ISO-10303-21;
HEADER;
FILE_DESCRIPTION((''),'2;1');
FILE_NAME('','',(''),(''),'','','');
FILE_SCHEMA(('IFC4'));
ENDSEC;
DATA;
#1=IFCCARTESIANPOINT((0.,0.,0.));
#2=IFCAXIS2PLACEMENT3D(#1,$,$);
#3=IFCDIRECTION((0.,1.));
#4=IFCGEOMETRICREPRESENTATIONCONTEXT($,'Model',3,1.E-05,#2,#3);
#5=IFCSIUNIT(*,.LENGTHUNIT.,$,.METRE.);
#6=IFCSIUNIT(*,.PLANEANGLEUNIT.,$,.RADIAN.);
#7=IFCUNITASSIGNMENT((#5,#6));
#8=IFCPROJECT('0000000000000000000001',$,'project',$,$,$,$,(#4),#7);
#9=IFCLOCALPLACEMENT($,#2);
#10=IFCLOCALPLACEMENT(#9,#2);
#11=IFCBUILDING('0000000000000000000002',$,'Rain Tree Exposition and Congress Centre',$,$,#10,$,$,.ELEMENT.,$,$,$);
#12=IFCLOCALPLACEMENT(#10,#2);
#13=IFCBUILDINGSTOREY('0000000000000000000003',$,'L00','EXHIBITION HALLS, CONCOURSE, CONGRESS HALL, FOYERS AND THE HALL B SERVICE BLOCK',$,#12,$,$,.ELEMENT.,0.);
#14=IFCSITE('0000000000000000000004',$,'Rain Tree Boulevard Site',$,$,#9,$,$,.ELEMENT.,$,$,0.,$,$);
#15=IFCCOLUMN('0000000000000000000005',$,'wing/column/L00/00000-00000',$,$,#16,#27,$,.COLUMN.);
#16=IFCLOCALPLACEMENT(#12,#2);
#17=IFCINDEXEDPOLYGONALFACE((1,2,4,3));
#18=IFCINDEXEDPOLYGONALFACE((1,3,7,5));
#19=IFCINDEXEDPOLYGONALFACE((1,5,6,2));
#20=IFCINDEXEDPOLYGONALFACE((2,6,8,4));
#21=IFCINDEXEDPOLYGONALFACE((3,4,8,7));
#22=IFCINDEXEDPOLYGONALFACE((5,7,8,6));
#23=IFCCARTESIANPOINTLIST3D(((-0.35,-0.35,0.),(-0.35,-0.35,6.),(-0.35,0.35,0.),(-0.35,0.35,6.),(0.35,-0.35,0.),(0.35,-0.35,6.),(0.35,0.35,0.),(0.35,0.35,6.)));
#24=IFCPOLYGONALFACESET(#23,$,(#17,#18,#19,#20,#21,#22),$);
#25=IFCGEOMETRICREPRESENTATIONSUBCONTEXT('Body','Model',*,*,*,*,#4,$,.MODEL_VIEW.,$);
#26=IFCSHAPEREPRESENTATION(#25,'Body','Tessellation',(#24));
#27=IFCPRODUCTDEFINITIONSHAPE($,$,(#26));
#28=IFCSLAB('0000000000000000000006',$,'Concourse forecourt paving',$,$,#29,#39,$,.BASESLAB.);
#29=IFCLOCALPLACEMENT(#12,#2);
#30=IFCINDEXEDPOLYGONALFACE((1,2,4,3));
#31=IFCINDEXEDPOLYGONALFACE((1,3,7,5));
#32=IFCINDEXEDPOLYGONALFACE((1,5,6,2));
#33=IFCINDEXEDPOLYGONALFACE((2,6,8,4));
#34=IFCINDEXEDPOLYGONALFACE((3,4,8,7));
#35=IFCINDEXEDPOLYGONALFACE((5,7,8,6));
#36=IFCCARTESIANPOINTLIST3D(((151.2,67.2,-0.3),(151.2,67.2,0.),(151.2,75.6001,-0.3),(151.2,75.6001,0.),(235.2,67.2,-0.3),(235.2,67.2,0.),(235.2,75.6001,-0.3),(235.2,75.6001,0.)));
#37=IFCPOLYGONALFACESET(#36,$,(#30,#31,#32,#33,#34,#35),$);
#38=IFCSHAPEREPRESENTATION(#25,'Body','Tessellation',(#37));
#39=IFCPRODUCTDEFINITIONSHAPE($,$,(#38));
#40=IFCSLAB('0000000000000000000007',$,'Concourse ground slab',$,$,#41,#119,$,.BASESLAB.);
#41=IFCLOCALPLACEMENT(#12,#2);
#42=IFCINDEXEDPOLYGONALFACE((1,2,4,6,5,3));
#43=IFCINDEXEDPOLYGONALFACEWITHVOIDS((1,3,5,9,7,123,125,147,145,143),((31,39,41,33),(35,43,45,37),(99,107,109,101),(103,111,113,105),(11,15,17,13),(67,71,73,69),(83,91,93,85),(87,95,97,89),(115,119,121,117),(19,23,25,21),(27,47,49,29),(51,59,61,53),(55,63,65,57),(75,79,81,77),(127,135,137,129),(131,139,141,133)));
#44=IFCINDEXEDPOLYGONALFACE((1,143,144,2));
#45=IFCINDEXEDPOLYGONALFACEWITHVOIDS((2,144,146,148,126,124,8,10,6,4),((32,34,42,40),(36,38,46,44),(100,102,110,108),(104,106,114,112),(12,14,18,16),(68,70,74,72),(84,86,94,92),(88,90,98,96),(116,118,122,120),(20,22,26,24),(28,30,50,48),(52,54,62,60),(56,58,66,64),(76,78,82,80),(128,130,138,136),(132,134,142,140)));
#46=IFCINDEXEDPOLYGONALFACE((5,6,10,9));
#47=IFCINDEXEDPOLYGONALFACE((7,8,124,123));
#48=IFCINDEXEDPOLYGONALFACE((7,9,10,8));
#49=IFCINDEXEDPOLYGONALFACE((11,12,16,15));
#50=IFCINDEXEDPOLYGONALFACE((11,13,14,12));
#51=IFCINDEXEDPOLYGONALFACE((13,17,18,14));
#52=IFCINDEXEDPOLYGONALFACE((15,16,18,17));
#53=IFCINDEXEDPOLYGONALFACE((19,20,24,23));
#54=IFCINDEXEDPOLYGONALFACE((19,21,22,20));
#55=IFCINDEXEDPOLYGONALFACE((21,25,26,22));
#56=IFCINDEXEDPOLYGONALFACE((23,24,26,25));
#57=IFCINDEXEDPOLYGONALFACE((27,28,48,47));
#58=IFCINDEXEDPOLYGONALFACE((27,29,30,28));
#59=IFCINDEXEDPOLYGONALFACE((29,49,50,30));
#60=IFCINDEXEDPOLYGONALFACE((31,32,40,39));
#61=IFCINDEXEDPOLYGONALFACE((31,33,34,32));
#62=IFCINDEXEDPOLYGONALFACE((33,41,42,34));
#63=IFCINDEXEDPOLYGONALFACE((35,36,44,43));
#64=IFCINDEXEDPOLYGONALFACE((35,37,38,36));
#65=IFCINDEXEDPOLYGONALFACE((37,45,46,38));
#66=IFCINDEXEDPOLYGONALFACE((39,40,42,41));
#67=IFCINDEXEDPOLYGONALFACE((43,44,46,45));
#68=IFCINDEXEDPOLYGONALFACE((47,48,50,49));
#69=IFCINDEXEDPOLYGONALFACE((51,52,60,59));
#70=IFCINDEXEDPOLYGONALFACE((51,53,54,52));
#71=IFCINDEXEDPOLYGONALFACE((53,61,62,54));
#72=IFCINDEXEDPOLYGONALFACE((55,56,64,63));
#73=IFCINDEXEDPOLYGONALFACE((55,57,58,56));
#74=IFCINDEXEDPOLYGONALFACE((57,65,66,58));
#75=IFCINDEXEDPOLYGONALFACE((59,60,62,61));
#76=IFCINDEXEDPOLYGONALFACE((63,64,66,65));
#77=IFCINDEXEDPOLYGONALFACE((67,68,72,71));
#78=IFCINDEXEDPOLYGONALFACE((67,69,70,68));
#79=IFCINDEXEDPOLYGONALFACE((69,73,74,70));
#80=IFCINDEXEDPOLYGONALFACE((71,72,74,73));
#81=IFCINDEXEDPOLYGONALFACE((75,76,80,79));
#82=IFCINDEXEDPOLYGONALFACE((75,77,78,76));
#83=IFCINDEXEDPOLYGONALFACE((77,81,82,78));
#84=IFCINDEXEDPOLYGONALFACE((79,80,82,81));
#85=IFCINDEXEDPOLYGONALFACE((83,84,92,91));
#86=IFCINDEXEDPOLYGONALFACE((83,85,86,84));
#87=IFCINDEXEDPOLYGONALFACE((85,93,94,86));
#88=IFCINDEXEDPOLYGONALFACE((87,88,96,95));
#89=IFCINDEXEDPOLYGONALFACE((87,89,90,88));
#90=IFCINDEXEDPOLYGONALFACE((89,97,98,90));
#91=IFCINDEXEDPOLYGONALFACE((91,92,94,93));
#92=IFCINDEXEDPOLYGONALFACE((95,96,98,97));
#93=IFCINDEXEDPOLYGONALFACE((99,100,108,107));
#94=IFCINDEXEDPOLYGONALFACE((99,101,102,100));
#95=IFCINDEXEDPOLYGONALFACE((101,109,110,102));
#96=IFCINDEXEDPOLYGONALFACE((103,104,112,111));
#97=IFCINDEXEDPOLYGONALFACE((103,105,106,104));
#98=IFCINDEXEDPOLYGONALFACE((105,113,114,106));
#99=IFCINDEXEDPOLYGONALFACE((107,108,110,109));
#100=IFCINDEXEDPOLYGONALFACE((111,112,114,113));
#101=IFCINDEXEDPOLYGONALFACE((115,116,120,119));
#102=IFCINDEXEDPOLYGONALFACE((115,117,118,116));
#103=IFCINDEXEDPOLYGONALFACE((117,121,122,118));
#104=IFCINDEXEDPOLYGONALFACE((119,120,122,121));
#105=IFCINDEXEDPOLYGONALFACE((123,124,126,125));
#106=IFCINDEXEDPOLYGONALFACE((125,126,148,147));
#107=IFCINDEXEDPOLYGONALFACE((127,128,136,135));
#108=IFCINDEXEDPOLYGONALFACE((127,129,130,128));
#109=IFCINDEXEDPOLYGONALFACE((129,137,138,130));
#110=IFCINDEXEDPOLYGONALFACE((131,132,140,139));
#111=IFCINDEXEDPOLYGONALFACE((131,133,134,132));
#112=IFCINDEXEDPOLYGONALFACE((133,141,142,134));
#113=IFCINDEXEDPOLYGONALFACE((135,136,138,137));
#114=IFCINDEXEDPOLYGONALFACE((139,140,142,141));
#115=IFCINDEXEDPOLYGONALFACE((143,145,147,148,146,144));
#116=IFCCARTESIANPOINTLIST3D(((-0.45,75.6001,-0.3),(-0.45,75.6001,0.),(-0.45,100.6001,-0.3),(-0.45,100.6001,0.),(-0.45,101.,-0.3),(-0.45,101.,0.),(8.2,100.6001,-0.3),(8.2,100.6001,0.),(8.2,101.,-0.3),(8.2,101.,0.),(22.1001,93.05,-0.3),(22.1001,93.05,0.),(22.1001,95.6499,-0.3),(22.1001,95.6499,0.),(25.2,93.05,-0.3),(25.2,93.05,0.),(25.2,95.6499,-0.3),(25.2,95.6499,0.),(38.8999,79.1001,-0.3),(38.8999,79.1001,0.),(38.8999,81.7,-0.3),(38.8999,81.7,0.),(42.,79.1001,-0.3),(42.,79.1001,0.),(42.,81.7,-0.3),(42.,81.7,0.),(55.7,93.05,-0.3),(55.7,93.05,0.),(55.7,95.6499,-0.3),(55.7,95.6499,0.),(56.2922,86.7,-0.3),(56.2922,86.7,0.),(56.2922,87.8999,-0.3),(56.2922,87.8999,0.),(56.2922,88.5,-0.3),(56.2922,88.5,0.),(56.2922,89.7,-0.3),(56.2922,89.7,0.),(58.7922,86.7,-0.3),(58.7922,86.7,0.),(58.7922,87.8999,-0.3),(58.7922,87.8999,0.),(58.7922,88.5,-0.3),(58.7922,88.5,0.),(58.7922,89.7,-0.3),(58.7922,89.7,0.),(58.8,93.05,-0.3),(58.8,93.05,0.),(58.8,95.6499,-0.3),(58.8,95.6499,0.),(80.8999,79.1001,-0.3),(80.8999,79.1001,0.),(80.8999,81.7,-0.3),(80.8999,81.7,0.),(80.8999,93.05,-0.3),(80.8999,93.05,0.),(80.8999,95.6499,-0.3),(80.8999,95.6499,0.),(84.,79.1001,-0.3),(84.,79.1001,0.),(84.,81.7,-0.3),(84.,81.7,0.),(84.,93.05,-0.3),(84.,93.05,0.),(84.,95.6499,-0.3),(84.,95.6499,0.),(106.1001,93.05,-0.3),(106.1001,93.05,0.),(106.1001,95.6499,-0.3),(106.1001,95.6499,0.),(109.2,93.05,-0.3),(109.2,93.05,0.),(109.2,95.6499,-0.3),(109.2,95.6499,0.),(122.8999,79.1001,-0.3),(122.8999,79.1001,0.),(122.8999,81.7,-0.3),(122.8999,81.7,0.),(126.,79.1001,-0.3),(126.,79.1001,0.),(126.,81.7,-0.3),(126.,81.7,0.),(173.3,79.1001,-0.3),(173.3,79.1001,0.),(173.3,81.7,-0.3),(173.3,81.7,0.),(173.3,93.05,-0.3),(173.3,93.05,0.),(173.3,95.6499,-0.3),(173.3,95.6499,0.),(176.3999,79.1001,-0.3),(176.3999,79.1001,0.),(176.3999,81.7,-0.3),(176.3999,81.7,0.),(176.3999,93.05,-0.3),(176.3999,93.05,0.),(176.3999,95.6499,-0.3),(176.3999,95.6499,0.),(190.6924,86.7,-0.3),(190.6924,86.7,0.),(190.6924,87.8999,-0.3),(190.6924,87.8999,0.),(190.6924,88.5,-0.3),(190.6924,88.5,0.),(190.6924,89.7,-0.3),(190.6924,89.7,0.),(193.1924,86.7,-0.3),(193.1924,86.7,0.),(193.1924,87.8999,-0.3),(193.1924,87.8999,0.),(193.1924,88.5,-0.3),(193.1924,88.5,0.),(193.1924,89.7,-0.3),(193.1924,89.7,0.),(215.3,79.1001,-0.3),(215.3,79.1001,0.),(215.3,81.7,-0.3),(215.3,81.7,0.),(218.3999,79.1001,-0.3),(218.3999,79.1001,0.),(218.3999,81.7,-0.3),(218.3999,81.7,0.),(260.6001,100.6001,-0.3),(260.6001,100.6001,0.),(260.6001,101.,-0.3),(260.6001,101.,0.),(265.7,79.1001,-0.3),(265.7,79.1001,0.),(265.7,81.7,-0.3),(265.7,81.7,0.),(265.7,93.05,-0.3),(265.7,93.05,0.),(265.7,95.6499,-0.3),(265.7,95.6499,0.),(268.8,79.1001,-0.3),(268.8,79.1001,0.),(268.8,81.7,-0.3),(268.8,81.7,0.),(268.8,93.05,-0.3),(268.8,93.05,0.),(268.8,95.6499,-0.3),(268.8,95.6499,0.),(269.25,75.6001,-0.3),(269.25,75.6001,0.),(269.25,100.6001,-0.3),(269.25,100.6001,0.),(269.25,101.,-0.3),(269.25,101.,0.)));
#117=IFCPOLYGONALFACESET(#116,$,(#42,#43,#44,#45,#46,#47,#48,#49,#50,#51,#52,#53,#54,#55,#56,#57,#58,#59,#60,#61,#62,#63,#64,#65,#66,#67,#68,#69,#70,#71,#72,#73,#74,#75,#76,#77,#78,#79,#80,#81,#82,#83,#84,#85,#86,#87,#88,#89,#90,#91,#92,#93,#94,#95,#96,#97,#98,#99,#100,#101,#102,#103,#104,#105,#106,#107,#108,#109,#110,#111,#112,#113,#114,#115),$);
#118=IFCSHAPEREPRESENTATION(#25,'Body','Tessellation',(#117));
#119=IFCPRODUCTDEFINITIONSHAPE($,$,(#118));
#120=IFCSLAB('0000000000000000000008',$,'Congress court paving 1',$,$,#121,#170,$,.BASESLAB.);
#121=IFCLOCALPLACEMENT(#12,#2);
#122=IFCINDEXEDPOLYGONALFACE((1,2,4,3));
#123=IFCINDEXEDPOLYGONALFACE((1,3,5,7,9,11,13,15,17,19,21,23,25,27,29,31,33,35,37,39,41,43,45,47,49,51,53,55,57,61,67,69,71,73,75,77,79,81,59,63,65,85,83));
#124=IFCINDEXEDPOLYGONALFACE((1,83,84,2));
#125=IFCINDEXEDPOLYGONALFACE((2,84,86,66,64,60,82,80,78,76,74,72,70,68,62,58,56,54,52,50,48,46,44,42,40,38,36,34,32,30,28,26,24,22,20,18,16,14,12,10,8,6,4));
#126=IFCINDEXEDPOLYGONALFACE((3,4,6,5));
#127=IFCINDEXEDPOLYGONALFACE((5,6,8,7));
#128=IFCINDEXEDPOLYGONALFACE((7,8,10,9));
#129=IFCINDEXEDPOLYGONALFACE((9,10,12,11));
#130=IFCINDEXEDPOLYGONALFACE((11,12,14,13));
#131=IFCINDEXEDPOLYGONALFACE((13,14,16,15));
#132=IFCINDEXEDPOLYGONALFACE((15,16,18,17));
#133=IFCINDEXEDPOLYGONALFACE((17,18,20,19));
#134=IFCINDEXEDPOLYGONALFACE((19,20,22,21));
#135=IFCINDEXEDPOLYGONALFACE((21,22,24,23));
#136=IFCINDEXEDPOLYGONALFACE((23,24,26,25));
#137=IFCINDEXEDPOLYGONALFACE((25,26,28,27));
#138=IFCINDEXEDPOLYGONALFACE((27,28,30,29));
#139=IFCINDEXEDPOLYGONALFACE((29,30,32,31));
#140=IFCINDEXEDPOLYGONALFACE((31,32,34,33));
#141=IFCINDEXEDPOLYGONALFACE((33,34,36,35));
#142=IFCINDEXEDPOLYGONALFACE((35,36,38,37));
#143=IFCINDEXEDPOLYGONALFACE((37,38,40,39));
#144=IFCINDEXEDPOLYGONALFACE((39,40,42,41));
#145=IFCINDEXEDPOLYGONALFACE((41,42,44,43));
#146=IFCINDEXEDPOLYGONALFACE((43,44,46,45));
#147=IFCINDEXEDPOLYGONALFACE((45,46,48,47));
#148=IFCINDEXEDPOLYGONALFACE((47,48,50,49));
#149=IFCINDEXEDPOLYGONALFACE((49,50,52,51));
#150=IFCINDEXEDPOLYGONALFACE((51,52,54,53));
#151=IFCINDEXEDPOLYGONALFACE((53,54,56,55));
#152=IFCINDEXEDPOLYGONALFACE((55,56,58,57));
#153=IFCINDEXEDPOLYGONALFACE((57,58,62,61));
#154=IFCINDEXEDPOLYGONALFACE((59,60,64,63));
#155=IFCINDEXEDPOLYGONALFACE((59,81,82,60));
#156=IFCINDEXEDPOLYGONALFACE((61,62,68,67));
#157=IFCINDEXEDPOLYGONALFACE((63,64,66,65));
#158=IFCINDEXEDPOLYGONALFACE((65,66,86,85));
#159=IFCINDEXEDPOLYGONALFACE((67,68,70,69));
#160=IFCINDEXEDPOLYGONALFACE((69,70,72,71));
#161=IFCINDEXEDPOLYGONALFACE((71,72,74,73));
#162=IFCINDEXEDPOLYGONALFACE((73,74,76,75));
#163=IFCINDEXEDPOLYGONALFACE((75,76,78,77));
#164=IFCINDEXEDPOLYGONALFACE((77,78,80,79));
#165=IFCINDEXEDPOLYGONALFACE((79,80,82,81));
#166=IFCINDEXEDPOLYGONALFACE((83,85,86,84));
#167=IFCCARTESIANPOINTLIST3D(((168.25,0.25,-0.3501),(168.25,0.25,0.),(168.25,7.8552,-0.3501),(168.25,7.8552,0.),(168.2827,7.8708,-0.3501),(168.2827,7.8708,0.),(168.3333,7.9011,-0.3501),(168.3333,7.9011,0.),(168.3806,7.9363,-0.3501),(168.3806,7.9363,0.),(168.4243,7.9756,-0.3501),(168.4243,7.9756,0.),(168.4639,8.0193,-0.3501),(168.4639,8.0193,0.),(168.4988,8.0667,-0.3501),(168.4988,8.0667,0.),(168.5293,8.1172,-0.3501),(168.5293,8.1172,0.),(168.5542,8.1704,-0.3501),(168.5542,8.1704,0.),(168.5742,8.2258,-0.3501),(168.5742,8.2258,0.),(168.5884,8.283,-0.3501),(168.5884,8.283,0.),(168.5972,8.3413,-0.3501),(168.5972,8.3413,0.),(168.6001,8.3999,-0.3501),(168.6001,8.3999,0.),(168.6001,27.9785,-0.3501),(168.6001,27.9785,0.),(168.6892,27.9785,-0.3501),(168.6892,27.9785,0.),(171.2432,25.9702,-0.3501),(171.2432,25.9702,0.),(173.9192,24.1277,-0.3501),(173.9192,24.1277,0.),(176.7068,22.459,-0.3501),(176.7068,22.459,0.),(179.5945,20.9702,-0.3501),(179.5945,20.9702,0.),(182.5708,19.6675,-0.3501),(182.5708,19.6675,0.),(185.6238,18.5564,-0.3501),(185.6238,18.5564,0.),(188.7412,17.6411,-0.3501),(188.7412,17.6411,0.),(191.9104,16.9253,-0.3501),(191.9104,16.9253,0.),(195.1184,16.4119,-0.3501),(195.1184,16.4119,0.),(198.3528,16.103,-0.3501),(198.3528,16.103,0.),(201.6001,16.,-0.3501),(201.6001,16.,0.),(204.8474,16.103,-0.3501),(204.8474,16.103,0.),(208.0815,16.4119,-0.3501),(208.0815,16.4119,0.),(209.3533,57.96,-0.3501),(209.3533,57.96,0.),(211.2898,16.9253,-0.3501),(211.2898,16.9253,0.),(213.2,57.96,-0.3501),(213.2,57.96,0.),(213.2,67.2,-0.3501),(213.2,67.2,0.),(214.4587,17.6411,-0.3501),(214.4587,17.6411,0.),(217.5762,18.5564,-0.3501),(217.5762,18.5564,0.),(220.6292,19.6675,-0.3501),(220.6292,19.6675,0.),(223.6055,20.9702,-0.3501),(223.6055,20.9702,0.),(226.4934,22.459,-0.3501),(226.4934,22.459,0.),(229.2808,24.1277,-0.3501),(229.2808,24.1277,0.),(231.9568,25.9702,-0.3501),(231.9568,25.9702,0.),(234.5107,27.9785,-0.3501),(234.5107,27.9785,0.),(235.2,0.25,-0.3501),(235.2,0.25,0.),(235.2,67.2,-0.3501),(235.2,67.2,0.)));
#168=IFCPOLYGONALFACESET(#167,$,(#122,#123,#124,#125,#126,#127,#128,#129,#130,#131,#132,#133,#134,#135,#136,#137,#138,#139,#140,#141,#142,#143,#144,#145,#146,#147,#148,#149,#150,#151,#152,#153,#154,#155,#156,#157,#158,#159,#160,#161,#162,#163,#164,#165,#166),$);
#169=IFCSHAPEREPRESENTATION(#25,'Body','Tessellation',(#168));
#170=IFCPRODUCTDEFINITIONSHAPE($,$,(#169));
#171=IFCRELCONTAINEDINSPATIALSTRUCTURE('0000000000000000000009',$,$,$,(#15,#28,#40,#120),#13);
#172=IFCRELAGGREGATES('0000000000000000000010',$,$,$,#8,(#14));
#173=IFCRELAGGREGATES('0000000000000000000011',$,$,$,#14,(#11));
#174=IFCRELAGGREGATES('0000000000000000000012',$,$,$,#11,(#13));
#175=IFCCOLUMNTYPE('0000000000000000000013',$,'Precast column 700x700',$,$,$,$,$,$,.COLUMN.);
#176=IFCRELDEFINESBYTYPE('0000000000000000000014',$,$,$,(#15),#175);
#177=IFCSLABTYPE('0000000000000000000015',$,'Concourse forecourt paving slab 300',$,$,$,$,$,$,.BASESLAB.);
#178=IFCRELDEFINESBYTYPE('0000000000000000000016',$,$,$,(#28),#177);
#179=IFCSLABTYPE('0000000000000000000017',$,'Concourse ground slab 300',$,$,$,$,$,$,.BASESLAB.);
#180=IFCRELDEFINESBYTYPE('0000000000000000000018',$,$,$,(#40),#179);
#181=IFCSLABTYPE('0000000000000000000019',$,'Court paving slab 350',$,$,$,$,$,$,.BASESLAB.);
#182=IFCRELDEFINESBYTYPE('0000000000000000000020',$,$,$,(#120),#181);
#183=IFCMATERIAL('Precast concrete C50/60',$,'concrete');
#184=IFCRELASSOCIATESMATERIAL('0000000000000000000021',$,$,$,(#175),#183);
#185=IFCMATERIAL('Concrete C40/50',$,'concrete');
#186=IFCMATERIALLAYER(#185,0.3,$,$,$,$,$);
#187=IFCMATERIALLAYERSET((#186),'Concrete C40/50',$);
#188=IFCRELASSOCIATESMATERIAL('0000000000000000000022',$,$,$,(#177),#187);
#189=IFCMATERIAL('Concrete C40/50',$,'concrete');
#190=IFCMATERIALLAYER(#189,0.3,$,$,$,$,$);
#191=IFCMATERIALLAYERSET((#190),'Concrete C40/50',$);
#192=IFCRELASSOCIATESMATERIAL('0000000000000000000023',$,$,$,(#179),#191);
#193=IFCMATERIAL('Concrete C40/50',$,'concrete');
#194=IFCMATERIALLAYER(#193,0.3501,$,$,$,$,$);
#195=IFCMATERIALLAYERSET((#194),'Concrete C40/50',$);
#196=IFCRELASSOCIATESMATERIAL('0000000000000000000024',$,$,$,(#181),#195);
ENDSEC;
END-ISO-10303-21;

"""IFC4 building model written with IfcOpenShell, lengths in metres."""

from ifc_helpers import new_model, si_unit, direction, frame, origin, origin_with_axes, origin_2d, place, context, subcontext, project, spatial, polyline, rectangle, outline, extrude, material, layer, layer_set, material_profile, profile_set, type_object, element, save


model = new_model("IFC4")

# Units and contexts
model_context = context("Model", 3, precision=1e-05, world=origin(), true_north=direction((0.0, 1.0)))
body_context = subcontext(model_context, "Body", "Model", "MODEL_VIEW")
ifc_project = project(units=[si_unit("LENGTHUNIT", "METRE"), si_unit("PLANEANGLEUNIT", "RADIAN")], contexts=[model_context])

# Site, building, storey
site_placement = place(None, origin())
site = spatial("IfcSite", under=ifc_project, at=site_placement, Name="Rain Tree Boulevard Site", CompositionType="ELEMENT", RefElevation=0.0)
building_placement = place(site_placement, origin())
building = spatial("IfcBuilding", under=site, at=building_placement, Name="Rain Tree Exposition and Congress Centre", CompositionType="ELEMENT")
storey_placement = place(building_placement, origin())
storey = spatial("IfcBuildingStorey", under=building, at=storey_placement, Name="L00", Description="EXHIBITION HALLS, CONCOURSE, CONGRESS HALL, FOYERS AND THE HALL B SERVICE BLOCK", CompositionType="ELEMENT", Elevation=0.0)

# Column
ifc_material_1 = material(Name="Precast concrete C50/60", Category="concrete")
ifc_material_profile_1 = material_profile(ifc_material_1, rectangle(XDim=0.7, YDim=0.7, at=origin_2d()), Name="RC 700x700")
ifc_profile_set_1 = profile_set([ifc_material_profile_1], Name="Precast concrete C50/60")
column_type = type_object("IfcColumnType", Name="Precast column 700x700", PredefinedType="COLUMN", material=ifc_profile_set_1)
column_placement = place(storey_placement, origin_with_axes())
element("IfcColumn", 1, at=column_placement, inside=storey, type_object=column_type, Name="wing/column/L00/00000-00000", PredefinedType="COLUMN", context=body_context, shape_type="SweptSolid", body=[
    extrude(rectangle(XDim=0.7, YDim=0.7, at=origin_2d()), origin(), (0.0, 0.0, 1.0), 6.0),
])

# Slabs
ifc_material_2 = material(Name="Concrete C40/50", Category="concrete")
ifc_layer_1 = layer(ifc_material_2, 0.3)
ifc_layer_set_1 = layer_set([ifc_layer_1], Name="Concrete C40/50")
slab_type_1 = type_object("IfcSlabType", Name="Concourse forecourt paving slab 300", PredefinedType="BASESLAB", material=ifc_layer_set_1)
slab_1_placement = place(storey_placement, frame((0.0, 0.0, -0.3)))
element("IfcSlab", 2, at=slab_1_placement, inside=storey, type_object=slab_type_1, Name="Concourse forecourt paving", PredefinedType="BASESLAB", context=body_context, shape_type="SweptSolid", body=[
    extrude(outline(polyline([(235.2, 67.2), (151.2, 67.2), (151.2, 75.6001), (235.2, 75.6001), (235.2, 67.2)])), origin(), (0.0, 0.0, 1.0), 0.3),
])
ifc_material_3 = material(Name="Concrete C40/50", Category="concrete")
ifc_layer_2 = layer(ifc_material_3, 0.3)
ifc_layer_set_2 = layer_set([ifc_layer_2], Name="Concrete C40/50")
slab_type_2 = type_object("IfcSlabType", Name="Concourse ground slab 300", PredefinedType="BASESLAB", material=ifc_layer_set_2)
slab_2_placement = place(storey_placement, frame((0.0, 0.0, -0.3)))
element("IfcSlab", 3, at=slab_2_placement, inside=storey, type_object=slab_type_2, Name="Concourse ground slab", PredefinedType="BASESLAB", context=body_context, shape_type="SweptSolid", body=[
    extrude(outline(polyline([(-0.45, 75.6001), (-0.45, 100.6001), (-0.45, 101.0), (8.2, 101.0), (8.2, 100.6001), (260.6001, 100.6001), (260.6001, 101.0), (269.25, 101.0), (269.25, 100.6001), (269.25, 75.6001), (-0.45, 75.6001)]), holes=[polyline([(268.8, 95.6499), (265.7, 95.6499), (265.7, 93.05), (268.8, 93.05), (268.8, 95.6499)]), polyline([(268.8, 81.7), (265.7, 81.7), (265.7, 79.1001), (268.8, 79.1001), (268.8, 81.7)]), polyline([(218.3999, 81.7), (215.3, 81.7), (215.3, 79.1001), (218.3999, 79.1001), (218.3999, 81.7)]), polyline([(193.1924, 89.7), (190.6924, 89.7), (190.6924, 88.5), (193.1924, 88.5), (193.1924, 89.7)]), polyline([(193.1924, 87.8999), (190.6924, 87.8999), (190.6924, 86.7), (193.1924, 86.7), (193.1924, 87.8999)]), polyline([(176.3999, 95.6499), (173.3, 95.6499), (173.3, 93.05), (176.3999, 93.05), (176.3999, 95.6499)]), polyline([(176.3999, 81.7), (173.3, 81.7), (173.3, 79.1001), (176.3999, 79.1001), (176.3999, 81.7)]), polyline([(126.0, 81.7), (122.8999, 81.7), (122.8999, 79.1001), (126.0, 79.1001), (126.0, 81.7)]), polyline([(109.2, 95.6499), (106.1001, 95.6499), (106.1001, 93.05), (109.2, 93.05), (109.2, 95.6499)]), polyline([(84.0, 95.6499), (80.8999, 95.6499), (80.8999, 93.05), (84.0, 93.05), (84.0, 95.6499)]), polyline([(84.0, 81.7), (80.8999, 81.7), (80.8999, 79.1001), (84.0, 79.1001), (84.0, 81.7)]), polyline([(58.8, 95.6499), (55.7, 95.6499), (55.7, 93.05), (58.8, 93.05), (58.8, 95.6499)]), polyline([(58.7922, 89.7), (56.2922, 89.7), (56.2922, 88.5), (58.7922, 88.5), (58.7922, 89.7)]), polyline([(58.7922, 87.8999), (56.2922, 87.8999), (56.2922, 86.7), (58.7922, 86.7), (58.7922, 87.8999)]), polyline([(42.0, 81.7), (38.8999, 81.7), (38.8999, 79.1001), (42.0, 79.1001), (42.0, 81.7)]), polyline([(25.2, 95.6499), (22.1001, 95.6499), (22.1001, 93.05), (25.2, 93.05), (25.2, 95.6499)])]), origin(), (0.0, 0.0, 1.0), 0.3),
])
ifc_material_4 = material(Name="Concrete C40/50", Category="concrete")
ifc_layer_3 = layer(ifc_material_4, 0.3501)
ifc_layer_set_3 = layer_set([ifc_layer_3], Name="Concrete C40/50")
slab_type_3 = type_object("IfcSlabType", Name="Court paving slab 350", PredefinedType="BASESLAB", material=ifc_layer_set_3)
slab_3_placement = place(storey_placement, frame((0.0, 0.0, -0.3501)))
element("IfcSlab", 4, at=slab_3_placement, inside=storey, type_object=slab_type_3, Name="Congress court paving 1", PredefinedType="BASESLAB", context=body_context, shape_type="SweptSolid", body=[
    extrude(outline(polyline([(171.2432, 25.9702), (168.6892, 27.9785), (168.6001, 27.9785), (168.6001, 8.3999), (168.5972, 8.3413), (168.5884, 8.283), (168.5742, 8.2258), (168.5542, 8.1704), (168.5293, 8.1172), (168.4988, 8.0667), (168.4639, 8.0193), (168.4243, 7.9756), (168.3806, 7.9363), (168.3333, 7.9011), (168.2827, 7.8708), (168.25, 7.8552), (168.25, 0.25), (235.2, 0.25), (235.2, 67.2), (213.2, 67.2), (213.2, 57.96), (209.3533, 57.96), (234.5107, 27.9785), (231.9568, 25.9702), (229.2808, 24.1277), (226.4934, 22.459), (223.6055, 20.9702), (220.6292, 19.6675), (217.5762, 18.5564), (214.4587, 17.6411), (211.2898, 16.9253), (208.0815, 16.4119), (204.8474, 16.103), (201.6001, 16.0), (198.3528, 16.103), (195.1184, 16.4119), (191.9104, 16.9253), (188.7412, 17.6411), (185.6238, 18.5564), (182.5708, 19.6675), (179.5945, 20.9702), (176.7068, 22.459), (173.9192, 24.1277), (171.2432, 25.9702)])), origin(), (0.0, 0.0, 1.0), 0.3501),
])

save(model, "model.ifc")
